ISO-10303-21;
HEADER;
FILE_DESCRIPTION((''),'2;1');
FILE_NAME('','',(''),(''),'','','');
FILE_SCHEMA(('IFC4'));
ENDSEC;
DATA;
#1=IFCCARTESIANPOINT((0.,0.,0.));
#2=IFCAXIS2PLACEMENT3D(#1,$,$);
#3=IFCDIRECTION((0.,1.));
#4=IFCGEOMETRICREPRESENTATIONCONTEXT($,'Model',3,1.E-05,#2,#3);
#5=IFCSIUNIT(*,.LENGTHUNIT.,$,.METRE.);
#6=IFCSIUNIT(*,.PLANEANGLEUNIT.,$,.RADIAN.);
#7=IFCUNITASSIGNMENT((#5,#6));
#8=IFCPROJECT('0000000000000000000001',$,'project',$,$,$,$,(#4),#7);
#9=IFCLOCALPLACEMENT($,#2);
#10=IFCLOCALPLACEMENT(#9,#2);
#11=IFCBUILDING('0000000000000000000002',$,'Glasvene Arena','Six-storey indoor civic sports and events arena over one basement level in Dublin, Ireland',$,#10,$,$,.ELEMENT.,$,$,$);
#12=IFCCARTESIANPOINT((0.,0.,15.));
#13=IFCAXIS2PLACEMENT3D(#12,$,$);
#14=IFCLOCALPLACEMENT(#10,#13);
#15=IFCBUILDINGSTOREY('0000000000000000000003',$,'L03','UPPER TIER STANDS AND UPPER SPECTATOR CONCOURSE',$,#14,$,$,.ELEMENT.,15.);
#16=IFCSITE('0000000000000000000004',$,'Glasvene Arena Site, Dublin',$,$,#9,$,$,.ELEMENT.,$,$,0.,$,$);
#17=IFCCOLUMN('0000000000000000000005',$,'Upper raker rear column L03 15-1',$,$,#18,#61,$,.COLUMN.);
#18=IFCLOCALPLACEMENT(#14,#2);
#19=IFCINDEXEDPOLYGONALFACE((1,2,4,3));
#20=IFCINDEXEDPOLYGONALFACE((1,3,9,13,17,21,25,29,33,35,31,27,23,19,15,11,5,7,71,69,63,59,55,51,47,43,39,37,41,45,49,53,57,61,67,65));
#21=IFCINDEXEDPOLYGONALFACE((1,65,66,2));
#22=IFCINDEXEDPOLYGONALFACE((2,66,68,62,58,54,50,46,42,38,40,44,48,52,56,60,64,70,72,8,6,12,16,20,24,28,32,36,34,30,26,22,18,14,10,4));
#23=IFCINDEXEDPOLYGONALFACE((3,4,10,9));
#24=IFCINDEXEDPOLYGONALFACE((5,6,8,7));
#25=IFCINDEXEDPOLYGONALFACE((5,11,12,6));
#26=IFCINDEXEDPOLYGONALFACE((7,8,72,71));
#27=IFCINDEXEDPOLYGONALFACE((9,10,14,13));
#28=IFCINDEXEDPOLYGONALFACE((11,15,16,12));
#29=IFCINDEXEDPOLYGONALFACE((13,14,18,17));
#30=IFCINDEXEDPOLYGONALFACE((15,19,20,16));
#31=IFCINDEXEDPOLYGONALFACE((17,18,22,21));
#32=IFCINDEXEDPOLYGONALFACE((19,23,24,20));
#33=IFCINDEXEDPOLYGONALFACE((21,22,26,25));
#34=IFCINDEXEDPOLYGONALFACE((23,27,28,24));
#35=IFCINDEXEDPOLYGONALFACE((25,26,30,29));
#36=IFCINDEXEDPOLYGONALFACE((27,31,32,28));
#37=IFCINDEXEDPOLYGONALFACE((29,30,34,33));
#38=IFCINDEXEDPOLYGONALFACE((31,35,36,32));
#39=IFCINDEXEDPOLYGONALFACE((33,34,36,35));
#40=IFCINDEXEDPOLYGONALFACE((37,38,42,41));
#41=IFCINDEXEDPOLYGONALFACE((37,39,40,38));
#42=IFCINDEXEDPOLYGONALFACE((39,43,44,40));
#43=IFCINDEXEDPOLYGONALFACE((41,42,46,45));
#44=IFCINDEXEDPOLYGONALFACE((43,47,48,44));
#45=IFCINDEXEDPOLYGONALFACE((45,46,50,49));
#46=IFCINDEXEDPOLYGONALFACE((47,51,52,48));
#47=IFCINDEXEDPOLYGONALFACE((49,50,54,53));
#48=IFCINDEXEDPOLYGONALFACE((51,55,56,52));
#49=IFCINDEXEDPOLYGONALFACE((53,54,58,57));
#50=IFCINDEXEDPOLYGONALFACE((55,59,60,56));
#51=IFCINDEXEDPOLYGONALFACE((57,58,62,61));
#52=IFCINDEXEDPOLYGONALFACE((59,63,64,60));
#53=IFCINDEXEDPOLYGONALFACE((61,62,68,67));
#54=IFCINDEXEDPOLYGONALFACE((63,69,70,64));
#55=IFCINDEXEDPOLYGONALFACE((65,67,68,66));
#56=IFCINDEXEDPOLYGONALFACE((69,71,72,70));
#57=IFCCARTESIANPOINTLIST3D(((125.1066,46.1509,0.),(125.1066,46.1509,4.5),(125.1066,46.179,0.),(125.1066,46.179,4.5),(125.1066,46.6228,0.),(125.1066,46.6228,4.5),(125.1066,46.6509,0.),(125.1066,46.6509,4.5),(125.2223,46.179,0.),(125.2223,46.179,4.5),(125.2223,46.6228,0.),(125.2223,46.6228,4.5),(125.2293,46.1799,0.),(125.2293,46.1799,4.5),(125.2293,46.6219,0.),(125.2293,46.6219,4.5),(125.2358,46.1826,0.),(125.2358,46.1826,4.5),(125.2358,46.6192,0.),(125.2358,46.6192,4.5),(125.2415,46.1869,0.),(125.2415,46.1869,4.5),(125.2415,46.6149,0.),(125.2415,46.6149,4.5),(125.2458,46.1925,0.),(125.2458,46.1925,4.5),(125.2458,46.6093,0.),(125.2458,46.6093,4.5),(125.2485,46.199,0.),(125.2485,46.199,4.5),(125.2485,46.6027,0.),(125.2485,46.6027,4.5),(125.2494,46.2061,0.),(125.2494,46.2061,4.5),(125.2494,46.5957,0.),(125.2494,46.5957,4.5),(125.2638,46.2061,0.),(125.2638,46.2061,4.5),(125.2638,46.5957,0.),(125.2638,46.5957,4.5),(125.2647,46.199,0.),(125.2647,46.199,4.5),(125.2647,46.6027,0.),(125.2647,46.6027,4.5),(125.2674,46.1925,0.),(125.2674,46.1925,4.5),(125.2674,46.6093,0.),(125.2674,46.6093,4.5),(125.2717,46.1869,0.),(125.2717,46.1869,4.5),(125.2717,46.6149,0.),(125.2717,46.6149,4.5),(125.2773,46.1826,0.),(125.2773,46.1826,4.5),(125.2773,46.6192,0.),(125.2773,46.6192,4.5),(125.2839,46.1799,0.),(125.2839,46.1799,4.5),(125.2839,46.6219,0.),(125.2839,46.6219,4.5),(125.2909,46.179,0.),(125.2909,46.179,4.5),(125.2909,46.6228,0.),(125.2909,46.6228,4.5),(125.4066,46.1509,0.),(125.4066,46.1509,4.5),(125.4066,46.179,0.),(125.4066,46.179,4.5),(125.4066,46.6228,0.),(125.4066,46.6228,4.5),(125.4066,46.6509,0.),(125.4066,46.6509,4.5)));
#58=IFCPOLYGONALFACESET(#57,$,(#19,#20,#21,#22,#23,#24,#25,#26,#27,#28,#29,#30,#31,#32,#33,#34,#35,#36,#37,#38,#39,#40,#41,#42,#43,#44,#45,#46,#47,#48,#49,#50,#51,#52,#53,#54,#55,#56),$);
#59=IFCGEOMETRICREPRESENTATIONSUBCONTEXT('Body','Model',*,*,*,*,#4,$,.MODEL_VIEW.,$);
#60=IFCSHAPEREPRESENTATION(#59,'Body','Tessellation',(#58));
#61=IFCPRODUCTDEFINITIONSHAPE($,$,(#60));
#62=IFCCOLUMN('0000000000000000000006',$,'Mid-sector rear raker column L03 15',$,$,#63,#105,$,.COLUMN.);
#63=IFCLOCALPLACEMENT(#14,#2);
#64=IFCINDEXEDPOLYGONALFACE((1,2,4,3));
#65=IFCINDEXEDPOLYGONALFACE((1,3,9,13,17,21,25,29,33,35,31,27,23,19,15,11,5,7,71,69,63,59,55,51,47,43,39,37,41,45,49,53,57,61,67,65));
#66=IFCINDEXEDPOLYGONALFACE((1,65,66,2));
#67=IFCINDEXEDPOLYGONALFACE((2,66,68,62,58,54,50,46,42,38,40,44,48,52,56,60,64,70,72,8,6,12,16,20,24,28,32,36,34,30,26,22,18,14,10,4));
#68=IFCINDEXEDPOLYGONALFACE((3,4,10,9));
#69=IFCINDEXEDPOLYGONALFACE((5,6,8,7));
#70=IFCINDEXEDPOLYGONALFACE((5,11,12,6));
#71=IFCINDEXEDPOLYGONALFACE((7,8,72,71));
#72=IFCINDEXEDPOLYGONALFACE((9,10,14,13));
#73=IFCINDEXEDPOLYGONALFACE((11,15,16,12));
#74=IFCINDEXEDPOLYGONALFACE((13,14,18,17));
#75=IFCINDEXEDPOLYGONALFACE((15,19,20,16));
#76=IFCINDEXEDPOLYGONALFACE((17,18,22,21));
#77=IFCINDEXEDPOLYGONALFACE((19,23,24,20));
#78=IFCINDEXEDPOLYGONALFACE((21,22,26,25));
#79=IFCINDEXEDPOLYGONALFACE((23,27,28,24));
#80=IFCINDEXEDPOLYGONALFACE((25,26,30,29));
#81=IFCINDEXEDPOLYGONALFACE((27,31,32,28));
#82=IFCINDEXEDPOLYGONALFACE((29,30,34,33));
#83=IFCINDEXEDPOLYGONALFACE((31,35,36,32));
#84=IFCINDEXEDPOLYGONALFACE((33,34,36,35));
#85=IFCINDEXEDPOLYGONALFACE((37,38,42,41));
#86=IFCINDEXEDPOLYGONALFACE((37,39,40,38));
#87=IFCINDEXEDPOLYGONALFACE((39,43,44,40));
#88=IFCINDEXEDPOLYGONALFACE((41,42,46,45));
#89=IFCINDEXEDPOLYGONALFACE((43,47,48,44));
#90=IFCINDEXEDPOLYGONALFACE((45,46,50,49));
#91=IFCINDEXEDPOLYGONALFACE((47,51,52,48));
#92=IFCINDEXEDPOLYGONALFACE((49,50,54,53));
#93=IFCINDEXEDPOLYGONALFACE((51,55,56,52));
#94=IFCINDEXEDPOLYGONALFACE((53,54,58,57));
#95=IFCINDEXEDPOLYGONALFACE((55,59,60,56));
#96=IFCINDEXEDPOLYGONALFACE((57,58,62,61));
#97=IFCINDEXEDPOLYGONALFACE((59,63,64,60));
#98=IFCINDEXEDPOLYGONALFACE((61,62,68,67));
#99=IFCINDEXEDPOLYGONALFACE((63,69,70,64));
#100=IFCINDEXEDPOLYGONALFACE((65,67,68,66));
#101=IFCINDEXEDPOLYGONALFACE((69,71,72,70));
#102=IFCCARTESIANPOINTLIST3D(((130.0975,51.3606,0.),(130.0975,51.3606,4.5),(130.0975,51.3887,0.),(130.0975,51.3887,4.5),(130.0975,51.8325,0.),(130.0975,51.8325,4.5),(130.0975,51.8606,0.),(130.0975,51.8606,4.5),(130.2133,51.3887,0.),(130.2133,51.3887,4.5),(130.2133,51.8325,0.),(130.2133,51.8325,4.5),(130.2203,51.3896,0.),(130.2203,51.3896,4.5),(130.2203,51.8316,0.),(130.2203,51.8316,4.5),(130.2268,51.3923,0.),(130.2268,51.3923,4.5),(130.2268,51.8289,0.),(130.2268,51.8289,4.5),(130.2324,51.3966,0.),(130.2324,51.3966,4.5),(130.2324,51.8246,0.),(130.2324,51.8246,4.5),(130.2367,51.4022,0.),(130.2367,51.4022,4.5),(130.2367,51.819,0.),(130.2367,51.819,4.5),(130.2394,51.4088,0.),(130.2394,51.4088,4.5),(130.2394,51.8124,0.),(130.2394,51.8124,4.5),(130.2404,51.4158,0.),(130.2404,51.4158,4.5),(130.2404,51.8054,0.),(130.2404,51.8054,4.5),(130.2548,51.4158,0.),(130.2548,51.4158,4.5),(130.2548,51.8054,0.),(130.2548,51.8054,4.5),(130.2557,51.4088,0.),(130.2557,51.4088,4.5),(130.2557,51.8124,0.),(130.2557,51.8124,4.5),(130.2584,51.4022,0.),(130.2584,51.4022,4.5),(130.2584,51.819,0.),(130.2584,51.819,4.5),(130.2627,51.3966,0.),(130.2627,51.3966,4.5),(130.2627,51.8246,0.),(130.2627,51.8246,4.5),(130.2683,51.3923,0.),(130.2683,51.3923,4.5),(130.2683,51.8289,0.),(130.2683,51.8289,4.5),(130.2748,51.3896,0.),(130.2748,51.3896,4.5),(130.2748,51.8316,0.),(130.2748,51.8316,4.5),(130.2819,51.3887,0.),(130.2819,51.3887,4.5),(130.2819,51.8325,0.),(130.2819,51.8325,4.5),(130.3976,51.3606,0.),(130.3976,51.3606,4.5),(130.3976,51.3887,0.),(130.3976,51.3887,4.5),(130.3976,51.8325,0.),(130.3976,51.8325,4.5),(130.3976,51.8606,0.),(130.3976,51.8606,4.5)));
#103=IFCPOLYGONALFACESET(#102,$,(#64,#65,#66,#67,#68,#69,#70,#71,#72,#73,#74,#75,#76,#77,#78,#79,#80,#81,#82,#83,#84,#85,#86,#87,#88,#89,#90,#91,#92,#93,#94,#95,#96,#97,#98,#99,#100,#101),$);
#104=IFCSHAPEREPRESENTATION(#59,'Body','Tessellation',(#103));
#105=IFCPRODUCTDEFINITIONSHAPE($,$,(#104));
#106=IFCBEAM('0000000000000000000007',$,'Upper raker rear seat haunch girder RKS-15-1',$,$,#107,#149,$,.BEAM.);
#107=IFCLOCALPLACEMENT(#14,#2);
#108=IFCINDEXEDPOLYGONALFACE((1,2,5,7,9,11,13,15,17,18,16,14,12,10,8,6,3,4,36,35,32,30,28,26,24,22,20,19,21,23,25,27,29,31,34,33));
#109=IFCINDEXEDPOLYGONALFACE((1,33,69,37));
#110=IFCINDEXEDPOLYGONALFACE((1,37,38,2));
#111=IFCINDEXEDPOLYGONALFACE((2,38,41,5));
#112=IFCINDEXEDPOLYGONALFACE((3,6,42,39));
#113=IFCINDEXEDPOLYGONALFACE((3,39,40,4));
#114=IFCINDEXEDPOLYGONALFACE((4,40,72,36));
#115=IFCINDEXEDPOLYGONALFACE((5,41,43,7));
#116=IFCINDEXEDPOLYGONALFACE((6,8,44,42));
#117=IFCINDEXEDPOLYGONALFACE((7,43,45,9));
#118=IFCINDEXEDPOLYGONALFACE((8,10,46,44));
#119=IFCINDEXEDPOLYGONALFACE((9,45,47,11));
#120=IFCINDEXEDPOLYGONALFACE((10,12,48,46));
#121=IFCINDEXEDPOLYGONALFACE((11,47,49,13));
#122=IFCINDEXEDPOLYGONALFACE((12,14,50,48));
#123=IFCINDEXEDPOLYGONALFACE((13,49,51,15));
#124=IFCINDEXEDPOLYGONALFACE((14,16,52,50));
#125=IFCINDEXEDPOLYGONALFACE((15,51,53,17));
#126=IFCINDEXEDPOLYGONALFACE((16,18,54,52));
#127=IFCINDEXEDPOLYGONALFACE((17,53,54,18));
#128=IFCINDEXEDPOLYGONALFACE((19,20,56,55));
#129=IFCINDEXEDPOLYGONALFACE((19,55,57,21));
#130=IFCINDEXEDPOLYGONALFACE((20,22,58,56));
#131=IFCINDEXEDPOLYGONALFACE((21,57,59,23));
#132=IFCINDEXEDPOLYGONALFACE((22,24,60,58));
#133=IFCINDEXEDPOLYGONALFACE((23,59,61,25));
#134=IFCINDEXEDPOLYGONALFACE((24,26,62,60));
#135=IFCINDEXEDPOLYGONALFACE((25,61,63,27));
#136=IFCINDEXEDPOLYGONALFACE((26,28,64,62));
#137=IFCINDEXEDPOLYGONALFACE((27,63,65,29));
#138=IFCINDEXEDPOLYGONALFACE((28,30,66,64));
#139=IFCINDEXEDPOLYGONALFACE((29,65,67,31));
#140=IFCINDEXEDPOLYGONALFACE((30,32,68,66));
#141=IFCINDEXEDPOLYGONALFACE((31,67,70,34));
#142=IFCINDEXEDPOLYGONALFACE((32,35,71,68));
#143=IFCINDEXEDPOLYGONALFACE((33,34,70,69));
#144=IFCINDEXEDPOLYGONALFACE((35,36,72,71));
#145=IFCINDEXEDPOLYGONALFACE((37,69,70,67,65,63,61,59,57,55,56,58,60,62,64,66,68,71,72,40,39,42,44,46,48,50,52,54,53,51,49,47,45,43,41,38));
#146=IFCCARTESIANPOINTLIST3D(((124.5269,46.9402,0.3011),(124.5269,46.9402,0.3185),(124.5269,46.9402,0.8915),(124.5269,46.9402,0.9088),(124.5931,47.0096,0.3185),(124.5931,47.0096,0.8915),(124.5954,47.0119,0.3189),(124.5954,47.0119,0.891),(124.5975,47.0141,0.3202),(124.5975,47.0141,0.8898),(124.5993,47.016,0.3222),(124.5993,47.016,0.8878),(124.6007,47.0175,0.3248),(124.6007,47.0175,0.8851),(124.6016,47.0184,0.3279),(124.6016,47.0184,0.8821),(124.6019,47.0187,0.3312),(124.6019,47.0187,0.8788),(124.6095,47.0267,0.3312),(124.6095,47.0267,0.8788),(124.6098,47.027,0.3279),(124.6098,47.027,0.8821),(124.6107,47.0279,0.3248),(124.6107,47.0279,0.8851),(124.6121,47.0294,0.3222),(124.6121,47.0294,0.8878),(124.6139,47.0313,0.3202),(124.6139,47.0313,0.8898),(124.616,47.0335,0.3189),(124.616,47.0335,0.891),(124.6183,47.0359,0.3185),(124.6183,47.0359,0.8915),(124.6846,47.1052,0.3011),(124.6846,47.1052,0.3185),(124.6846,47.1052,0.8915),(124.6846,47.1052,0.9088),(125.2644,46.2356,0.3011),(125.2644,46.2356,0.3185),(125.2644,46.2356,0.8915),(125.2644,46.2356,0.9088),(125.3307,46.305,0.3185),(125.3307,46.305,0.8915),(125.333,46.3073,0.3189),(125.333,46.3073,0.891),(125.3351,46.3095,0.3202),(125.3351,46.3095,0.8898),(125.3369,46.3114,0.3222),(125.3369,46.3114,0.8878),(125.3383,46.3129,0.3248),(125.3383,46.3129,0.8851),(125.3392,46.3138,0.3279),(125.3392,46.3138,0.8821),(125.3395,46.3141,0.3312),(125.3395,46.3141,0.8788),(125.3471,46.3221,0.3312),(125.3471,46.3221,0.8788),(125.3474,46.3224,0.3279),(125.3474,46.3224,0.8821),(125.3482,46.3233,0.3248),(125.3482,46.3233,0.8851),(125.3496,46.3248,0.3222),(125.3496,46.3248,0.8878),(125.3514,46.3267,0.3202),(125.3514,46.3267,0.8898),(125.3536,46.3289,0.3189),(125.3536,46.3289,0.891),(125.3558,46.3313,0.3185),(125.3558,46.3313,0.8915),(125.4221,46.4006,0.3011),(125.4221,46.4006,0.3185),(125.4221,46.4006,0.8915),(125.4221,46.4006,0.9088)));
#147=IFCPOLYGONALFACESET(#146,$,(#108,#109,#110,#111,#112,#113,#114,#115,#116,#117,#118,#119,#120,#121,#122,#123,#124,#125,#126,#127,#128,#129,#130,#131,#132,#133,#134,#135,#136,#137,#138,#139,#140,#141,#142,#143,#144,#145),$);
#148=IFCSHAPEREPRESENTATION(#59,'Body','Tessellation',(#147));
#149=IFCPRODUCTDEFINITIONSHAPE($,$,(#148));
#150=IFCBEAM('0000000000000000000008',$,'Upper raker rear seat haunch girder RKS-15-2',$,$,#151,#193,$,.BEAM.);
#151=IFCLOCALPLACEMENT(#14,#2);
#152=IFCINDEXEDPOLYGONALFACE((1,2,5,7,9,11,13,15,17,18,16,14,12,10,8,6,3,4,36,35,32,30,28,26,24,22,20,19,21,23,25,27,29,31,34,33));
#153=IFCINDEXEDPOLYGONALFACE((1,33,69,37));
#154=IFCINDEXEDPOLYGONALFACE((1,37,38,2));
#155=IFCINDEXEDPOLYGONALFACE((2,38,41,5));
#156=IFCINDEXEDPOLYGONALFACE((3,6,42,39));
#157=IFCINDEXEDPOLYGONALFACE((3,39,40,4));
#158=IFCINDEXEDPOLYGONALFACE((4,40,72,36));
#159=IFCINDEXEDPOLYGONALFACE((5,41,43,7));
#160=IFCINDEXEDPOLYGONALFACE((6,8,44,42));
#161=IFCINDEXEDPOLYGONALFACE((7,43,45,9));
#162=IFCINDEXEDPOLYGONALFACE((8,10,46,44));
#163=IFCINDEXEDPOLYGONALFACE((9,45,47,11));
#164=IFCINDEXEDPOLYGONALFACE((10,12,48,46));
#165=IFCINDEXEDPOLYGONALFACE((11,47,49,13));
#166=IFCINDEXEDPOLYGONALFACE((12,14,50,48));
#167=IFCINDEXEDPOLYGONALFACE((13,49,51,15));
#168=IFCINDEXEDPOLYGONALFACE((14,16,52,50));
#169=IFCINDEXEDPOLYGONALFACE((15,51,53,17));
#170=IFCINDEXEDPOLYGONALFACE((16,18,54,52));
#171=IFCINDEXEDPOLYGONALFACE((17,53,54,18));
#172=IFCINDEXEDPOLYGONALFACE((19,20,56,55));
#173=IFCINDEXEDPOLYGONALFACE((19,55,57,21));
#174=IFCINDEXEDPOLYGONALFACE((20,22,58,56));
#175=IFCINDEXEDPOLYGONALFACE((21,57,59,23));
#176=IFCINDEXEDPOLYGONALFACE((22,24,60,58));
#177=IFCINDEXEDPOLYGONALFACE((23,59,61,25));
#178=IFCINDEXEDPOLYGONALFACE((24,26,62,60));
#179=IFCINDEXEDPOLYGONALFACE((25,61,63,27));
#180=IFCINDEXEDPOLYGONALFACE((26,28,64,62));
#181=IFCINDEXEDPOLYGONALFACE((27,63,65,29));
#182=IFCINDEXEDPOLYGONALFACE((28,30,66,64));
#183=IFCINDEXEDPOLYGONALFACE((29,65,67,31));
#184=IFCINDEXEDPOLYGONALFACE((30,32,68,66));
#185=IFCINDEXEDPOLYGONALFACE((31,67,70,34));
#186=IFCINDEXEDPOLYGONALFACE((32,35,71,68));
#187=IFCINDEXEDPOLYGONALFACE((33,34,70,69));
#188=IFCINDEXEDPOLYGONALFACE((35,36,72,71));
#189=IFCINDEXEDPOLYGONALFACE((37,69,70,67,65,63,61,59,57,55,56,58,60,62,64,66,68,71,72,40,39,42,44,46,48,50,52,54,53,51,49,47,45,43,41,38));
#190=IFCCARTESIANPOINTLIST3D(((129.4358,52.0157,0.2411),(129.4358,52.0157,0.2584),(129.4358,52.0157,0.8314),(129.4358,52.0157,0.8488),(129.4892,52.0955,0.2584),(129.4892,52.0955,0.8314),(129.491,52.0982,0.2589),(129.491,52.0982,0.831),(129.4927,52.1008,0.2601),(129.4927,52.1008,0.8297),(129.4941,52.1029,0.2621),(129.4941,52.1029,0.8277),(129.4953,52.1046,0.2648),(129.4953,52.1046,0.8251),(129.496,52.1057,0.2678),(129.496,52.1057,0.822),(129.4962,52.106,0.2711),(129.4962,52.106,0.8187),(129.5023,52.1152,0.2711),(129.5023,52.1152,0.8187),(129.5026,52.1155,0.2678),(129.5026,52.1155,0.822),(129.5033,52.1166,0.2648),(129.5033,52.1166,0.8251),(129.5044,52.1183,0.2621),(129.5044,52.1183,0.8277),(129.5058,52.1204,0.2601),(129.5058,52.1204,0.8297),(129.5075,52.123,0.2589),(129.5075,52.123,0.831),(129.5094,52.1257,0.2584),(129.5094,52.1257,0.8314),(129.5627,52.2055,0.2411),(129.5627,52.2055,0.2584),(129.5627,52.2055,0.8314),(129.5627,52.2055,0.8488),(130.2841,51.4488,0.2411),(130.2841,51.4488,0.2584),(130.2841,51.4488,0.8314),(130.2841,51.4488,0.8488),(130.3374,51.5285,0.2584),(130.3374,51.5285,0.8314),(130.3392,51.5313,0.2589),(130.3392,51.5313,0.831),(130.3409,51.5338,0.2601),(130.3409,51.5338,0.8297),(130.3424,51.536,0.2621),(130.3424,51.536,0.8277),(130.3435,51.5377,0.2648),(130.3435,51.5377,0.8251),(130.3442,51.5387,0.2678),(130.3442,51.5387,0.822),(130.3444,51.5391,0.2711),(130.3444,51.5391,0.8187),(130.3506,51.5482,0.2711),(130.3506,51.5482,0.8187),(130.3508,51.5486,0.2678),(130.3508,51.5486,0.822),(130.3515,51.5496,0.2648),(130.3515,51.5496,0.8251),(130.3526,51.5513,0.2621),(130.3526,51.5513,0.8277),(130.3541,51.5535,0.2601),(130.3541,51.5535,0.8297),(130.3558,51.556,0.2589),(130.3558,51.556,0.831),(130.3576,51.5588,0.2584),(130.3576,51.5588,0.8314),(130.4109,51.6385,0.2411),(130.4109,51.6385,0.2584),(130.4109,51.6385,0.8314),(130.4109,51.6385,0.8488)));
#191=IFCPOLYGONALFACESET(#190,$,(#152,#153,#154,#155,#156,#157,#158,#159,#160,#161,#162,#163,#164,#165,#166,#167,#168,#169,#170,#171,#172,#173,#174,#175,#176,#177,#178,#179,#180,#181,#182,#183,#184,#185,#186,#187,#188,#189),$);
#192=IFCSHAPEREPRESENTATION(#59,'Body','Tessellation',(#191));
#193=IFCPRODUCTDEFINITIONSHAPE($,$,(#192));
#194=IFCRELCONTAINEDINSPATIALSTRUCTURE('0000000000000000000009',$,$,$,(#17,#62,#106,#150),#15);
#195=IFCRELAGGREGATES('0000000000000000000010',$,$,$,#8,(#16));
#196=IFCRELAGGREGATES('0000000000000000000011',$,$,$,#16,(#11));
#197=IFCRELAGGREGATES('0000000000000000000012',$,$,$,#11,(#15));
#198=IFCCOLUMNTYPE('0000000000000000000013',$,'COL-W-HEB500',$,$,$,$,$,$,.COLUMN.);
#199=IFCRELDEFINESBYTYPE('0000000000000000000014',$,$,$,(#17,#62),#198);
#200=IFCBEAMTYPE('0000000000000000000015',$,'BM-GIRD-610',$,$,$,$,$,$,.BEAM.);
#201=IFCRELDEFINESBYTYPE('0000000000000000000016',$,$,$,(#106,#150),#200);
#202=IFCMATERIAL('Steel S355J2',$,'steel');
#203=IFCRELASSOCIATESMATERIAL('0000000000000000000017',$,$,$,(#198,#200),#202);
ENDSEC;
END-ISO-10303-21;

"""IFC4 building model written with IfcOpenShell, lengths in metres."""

from ifc_helpers import new_model, si_unit, direction, frame, origin, origin_2d, place, context, subcontext, project, spatial, i_section, extrude, material, material_profile, profile_set, type_object, element, save


model = new_model("IFC4")

# Units and contexts
model_context = context("Model", 3, precision=1e-05, world=origin(), true_north=direction((0.0, 1.0)))
body_context = subcontext(model_context, "Body", "Model", "MODEL_VIEW")
ifc_project = project(units=[si_unit("LENGTHUNIT", "METRE"), si_unit("PLANEANGLEUNIT", "RADIAN")], contexts=[model_context])

# Site, building, storey
site_placement = place(None, origin())
site = spatial("IfcSite", under=ifc_project, at=site_placement, Name="Glasvene Arena Site, Dublin", CompositionType="ELEMENT", RefElevation=0.0)
building_placement = place(site_placement, origin())
building = spatial("IfcBuilding", under=site, at=building_placement, Name="Glasvene Arena", Description="Six-storey indoor civic sports and events arena over one basement level in Dublin, Ireland", CompositionType="ELEMENT")
storey_placement = place(building_placement, frame((0.0, 0.0, 15.0)))
storey = spatial("IfcBuildingStorey", under=building, at=storey_placement, Name="L03", Description="UPPER TIER STANDS AND UPPER SPECTATOR CONCOURSE", CompositionType="ELEMENT", Elevation=15.0)

# Columns
ifc_material_1 = material(Name="Steel S355J2", Category="steel")
ifc_material_profile_1 = material_profile(ifc_material_1, i_section(OverallWidth=0.3, OverallDepth=0.5, WebThickness=0.0144, FlangeThickness=0.0281, FilletRadius=0.0271, at=origin_2d()), Name="HEB 500")
ifc_profile_set_1 = profile_set([ifc_material_profile_1], Name="Steel S355J2")
column_type = type_object("IfcColumnType", Name="COL-W-HEB500", PredefinedType="COLUMN", material=ifc_profile_set_1)
for number, where, z_axis, x_axis, name in (
    (1, (125.2566, 46.4009, 0.0), (0.0, 0.0, 1.0), (1.0, 0.0, 0.0), "Upper raker rear column L03 15-1"),
    (2, (130.2476, 51.6106, 0.0), (0.0, 0.0, 1.0), (1.0, 0.0, 0.0), "Mid-sector rear raker column L03 15"),
):
    element("IfcColumn", number, at=place(storey_placement, frame(where, z_axis=z_axis, x_axis=x_axis)), inside=storey, type_object=column_type, Name=name, PredefinedType="COLUMN", context=body_context, shape_type="SweptSolid", body=[
        extrude(i_section(OverallWidth=0.3, OverallDepth=0.5, WebThickness=0.0144, FlangeThickness=0.0281, FilletRadius=0.0271, at=origin_2d()), origin(), (0.0, 0.0, 1.0), 4.5),
    ])

# Beams
ifc_material_profile_2 = material_profile(ifc_material_1, i_section(OverallWidth=0.2283, OverallDepth=0.6077, WebThickness=0.011, FlangeThickness=0.0173, FilletRadius=0.0127, at=origin_2d()), Name="UKB 610x229x113")
ifc_profile_set_2 = profile_set([ifc_material_profile_2], Name="Steel S355J2")
beam_type_1 = type_object("IfcBeamType", Name="BM-GIRD-610", PredefinedType="BEAM", material=ifc_profile_set_2)
beam_1_placement = place(storey_placement, frame((124.6057, 47.0227, 0.605), z_axis=(0.723078, -0.690766, 0.0), x_axis=(0.690766, 0.723078, 0.0)))
element("IfcBeam", 3, at=beam_1_placement, inside=storey, type_object=beam_type_1, Name="Upper raker rear seat haunch girder RKS-15-1", PredefinedType="BEAM", context=body_context, shape_type="SweptSolid", body=[
    extrude(i_section(OverallWidth=0.2283, OverallDepth=0.6077, WebThickness=0.011, FlangeThickness=0.0173, FilletRadius=0.0127, at=origin_2d()), origin(), (0.0, 0.0, 1.0), 1.02),
])
beam_2_placement = place(storey_placement, frame((129.4993, 52.1106, 0.5449), z_axis=(0.831387, -0.555694, 0.0), x_axis=(0.555694, 0.831387, 0.0)))
element("IfcBeam", 4, at=beam_2_placement, inside=storey, type_object=beam_type_1, Name="Upper raker rear seat haunch girder RKS-15-2", PredefinedType="BEAM", context=body_context, shape_type="SweptSolid", body=[
    extrude(i_section(OverallWidth=0.2283, OverallDepth=0.6077, WebThickness=0.011, FlangeThickness=0.0173, FilletRadius=0.0127, at=origin_2d()), origin(), (0.0, 0.0, 1.0), 1.0203),
])

save(model, "model.ifc")
